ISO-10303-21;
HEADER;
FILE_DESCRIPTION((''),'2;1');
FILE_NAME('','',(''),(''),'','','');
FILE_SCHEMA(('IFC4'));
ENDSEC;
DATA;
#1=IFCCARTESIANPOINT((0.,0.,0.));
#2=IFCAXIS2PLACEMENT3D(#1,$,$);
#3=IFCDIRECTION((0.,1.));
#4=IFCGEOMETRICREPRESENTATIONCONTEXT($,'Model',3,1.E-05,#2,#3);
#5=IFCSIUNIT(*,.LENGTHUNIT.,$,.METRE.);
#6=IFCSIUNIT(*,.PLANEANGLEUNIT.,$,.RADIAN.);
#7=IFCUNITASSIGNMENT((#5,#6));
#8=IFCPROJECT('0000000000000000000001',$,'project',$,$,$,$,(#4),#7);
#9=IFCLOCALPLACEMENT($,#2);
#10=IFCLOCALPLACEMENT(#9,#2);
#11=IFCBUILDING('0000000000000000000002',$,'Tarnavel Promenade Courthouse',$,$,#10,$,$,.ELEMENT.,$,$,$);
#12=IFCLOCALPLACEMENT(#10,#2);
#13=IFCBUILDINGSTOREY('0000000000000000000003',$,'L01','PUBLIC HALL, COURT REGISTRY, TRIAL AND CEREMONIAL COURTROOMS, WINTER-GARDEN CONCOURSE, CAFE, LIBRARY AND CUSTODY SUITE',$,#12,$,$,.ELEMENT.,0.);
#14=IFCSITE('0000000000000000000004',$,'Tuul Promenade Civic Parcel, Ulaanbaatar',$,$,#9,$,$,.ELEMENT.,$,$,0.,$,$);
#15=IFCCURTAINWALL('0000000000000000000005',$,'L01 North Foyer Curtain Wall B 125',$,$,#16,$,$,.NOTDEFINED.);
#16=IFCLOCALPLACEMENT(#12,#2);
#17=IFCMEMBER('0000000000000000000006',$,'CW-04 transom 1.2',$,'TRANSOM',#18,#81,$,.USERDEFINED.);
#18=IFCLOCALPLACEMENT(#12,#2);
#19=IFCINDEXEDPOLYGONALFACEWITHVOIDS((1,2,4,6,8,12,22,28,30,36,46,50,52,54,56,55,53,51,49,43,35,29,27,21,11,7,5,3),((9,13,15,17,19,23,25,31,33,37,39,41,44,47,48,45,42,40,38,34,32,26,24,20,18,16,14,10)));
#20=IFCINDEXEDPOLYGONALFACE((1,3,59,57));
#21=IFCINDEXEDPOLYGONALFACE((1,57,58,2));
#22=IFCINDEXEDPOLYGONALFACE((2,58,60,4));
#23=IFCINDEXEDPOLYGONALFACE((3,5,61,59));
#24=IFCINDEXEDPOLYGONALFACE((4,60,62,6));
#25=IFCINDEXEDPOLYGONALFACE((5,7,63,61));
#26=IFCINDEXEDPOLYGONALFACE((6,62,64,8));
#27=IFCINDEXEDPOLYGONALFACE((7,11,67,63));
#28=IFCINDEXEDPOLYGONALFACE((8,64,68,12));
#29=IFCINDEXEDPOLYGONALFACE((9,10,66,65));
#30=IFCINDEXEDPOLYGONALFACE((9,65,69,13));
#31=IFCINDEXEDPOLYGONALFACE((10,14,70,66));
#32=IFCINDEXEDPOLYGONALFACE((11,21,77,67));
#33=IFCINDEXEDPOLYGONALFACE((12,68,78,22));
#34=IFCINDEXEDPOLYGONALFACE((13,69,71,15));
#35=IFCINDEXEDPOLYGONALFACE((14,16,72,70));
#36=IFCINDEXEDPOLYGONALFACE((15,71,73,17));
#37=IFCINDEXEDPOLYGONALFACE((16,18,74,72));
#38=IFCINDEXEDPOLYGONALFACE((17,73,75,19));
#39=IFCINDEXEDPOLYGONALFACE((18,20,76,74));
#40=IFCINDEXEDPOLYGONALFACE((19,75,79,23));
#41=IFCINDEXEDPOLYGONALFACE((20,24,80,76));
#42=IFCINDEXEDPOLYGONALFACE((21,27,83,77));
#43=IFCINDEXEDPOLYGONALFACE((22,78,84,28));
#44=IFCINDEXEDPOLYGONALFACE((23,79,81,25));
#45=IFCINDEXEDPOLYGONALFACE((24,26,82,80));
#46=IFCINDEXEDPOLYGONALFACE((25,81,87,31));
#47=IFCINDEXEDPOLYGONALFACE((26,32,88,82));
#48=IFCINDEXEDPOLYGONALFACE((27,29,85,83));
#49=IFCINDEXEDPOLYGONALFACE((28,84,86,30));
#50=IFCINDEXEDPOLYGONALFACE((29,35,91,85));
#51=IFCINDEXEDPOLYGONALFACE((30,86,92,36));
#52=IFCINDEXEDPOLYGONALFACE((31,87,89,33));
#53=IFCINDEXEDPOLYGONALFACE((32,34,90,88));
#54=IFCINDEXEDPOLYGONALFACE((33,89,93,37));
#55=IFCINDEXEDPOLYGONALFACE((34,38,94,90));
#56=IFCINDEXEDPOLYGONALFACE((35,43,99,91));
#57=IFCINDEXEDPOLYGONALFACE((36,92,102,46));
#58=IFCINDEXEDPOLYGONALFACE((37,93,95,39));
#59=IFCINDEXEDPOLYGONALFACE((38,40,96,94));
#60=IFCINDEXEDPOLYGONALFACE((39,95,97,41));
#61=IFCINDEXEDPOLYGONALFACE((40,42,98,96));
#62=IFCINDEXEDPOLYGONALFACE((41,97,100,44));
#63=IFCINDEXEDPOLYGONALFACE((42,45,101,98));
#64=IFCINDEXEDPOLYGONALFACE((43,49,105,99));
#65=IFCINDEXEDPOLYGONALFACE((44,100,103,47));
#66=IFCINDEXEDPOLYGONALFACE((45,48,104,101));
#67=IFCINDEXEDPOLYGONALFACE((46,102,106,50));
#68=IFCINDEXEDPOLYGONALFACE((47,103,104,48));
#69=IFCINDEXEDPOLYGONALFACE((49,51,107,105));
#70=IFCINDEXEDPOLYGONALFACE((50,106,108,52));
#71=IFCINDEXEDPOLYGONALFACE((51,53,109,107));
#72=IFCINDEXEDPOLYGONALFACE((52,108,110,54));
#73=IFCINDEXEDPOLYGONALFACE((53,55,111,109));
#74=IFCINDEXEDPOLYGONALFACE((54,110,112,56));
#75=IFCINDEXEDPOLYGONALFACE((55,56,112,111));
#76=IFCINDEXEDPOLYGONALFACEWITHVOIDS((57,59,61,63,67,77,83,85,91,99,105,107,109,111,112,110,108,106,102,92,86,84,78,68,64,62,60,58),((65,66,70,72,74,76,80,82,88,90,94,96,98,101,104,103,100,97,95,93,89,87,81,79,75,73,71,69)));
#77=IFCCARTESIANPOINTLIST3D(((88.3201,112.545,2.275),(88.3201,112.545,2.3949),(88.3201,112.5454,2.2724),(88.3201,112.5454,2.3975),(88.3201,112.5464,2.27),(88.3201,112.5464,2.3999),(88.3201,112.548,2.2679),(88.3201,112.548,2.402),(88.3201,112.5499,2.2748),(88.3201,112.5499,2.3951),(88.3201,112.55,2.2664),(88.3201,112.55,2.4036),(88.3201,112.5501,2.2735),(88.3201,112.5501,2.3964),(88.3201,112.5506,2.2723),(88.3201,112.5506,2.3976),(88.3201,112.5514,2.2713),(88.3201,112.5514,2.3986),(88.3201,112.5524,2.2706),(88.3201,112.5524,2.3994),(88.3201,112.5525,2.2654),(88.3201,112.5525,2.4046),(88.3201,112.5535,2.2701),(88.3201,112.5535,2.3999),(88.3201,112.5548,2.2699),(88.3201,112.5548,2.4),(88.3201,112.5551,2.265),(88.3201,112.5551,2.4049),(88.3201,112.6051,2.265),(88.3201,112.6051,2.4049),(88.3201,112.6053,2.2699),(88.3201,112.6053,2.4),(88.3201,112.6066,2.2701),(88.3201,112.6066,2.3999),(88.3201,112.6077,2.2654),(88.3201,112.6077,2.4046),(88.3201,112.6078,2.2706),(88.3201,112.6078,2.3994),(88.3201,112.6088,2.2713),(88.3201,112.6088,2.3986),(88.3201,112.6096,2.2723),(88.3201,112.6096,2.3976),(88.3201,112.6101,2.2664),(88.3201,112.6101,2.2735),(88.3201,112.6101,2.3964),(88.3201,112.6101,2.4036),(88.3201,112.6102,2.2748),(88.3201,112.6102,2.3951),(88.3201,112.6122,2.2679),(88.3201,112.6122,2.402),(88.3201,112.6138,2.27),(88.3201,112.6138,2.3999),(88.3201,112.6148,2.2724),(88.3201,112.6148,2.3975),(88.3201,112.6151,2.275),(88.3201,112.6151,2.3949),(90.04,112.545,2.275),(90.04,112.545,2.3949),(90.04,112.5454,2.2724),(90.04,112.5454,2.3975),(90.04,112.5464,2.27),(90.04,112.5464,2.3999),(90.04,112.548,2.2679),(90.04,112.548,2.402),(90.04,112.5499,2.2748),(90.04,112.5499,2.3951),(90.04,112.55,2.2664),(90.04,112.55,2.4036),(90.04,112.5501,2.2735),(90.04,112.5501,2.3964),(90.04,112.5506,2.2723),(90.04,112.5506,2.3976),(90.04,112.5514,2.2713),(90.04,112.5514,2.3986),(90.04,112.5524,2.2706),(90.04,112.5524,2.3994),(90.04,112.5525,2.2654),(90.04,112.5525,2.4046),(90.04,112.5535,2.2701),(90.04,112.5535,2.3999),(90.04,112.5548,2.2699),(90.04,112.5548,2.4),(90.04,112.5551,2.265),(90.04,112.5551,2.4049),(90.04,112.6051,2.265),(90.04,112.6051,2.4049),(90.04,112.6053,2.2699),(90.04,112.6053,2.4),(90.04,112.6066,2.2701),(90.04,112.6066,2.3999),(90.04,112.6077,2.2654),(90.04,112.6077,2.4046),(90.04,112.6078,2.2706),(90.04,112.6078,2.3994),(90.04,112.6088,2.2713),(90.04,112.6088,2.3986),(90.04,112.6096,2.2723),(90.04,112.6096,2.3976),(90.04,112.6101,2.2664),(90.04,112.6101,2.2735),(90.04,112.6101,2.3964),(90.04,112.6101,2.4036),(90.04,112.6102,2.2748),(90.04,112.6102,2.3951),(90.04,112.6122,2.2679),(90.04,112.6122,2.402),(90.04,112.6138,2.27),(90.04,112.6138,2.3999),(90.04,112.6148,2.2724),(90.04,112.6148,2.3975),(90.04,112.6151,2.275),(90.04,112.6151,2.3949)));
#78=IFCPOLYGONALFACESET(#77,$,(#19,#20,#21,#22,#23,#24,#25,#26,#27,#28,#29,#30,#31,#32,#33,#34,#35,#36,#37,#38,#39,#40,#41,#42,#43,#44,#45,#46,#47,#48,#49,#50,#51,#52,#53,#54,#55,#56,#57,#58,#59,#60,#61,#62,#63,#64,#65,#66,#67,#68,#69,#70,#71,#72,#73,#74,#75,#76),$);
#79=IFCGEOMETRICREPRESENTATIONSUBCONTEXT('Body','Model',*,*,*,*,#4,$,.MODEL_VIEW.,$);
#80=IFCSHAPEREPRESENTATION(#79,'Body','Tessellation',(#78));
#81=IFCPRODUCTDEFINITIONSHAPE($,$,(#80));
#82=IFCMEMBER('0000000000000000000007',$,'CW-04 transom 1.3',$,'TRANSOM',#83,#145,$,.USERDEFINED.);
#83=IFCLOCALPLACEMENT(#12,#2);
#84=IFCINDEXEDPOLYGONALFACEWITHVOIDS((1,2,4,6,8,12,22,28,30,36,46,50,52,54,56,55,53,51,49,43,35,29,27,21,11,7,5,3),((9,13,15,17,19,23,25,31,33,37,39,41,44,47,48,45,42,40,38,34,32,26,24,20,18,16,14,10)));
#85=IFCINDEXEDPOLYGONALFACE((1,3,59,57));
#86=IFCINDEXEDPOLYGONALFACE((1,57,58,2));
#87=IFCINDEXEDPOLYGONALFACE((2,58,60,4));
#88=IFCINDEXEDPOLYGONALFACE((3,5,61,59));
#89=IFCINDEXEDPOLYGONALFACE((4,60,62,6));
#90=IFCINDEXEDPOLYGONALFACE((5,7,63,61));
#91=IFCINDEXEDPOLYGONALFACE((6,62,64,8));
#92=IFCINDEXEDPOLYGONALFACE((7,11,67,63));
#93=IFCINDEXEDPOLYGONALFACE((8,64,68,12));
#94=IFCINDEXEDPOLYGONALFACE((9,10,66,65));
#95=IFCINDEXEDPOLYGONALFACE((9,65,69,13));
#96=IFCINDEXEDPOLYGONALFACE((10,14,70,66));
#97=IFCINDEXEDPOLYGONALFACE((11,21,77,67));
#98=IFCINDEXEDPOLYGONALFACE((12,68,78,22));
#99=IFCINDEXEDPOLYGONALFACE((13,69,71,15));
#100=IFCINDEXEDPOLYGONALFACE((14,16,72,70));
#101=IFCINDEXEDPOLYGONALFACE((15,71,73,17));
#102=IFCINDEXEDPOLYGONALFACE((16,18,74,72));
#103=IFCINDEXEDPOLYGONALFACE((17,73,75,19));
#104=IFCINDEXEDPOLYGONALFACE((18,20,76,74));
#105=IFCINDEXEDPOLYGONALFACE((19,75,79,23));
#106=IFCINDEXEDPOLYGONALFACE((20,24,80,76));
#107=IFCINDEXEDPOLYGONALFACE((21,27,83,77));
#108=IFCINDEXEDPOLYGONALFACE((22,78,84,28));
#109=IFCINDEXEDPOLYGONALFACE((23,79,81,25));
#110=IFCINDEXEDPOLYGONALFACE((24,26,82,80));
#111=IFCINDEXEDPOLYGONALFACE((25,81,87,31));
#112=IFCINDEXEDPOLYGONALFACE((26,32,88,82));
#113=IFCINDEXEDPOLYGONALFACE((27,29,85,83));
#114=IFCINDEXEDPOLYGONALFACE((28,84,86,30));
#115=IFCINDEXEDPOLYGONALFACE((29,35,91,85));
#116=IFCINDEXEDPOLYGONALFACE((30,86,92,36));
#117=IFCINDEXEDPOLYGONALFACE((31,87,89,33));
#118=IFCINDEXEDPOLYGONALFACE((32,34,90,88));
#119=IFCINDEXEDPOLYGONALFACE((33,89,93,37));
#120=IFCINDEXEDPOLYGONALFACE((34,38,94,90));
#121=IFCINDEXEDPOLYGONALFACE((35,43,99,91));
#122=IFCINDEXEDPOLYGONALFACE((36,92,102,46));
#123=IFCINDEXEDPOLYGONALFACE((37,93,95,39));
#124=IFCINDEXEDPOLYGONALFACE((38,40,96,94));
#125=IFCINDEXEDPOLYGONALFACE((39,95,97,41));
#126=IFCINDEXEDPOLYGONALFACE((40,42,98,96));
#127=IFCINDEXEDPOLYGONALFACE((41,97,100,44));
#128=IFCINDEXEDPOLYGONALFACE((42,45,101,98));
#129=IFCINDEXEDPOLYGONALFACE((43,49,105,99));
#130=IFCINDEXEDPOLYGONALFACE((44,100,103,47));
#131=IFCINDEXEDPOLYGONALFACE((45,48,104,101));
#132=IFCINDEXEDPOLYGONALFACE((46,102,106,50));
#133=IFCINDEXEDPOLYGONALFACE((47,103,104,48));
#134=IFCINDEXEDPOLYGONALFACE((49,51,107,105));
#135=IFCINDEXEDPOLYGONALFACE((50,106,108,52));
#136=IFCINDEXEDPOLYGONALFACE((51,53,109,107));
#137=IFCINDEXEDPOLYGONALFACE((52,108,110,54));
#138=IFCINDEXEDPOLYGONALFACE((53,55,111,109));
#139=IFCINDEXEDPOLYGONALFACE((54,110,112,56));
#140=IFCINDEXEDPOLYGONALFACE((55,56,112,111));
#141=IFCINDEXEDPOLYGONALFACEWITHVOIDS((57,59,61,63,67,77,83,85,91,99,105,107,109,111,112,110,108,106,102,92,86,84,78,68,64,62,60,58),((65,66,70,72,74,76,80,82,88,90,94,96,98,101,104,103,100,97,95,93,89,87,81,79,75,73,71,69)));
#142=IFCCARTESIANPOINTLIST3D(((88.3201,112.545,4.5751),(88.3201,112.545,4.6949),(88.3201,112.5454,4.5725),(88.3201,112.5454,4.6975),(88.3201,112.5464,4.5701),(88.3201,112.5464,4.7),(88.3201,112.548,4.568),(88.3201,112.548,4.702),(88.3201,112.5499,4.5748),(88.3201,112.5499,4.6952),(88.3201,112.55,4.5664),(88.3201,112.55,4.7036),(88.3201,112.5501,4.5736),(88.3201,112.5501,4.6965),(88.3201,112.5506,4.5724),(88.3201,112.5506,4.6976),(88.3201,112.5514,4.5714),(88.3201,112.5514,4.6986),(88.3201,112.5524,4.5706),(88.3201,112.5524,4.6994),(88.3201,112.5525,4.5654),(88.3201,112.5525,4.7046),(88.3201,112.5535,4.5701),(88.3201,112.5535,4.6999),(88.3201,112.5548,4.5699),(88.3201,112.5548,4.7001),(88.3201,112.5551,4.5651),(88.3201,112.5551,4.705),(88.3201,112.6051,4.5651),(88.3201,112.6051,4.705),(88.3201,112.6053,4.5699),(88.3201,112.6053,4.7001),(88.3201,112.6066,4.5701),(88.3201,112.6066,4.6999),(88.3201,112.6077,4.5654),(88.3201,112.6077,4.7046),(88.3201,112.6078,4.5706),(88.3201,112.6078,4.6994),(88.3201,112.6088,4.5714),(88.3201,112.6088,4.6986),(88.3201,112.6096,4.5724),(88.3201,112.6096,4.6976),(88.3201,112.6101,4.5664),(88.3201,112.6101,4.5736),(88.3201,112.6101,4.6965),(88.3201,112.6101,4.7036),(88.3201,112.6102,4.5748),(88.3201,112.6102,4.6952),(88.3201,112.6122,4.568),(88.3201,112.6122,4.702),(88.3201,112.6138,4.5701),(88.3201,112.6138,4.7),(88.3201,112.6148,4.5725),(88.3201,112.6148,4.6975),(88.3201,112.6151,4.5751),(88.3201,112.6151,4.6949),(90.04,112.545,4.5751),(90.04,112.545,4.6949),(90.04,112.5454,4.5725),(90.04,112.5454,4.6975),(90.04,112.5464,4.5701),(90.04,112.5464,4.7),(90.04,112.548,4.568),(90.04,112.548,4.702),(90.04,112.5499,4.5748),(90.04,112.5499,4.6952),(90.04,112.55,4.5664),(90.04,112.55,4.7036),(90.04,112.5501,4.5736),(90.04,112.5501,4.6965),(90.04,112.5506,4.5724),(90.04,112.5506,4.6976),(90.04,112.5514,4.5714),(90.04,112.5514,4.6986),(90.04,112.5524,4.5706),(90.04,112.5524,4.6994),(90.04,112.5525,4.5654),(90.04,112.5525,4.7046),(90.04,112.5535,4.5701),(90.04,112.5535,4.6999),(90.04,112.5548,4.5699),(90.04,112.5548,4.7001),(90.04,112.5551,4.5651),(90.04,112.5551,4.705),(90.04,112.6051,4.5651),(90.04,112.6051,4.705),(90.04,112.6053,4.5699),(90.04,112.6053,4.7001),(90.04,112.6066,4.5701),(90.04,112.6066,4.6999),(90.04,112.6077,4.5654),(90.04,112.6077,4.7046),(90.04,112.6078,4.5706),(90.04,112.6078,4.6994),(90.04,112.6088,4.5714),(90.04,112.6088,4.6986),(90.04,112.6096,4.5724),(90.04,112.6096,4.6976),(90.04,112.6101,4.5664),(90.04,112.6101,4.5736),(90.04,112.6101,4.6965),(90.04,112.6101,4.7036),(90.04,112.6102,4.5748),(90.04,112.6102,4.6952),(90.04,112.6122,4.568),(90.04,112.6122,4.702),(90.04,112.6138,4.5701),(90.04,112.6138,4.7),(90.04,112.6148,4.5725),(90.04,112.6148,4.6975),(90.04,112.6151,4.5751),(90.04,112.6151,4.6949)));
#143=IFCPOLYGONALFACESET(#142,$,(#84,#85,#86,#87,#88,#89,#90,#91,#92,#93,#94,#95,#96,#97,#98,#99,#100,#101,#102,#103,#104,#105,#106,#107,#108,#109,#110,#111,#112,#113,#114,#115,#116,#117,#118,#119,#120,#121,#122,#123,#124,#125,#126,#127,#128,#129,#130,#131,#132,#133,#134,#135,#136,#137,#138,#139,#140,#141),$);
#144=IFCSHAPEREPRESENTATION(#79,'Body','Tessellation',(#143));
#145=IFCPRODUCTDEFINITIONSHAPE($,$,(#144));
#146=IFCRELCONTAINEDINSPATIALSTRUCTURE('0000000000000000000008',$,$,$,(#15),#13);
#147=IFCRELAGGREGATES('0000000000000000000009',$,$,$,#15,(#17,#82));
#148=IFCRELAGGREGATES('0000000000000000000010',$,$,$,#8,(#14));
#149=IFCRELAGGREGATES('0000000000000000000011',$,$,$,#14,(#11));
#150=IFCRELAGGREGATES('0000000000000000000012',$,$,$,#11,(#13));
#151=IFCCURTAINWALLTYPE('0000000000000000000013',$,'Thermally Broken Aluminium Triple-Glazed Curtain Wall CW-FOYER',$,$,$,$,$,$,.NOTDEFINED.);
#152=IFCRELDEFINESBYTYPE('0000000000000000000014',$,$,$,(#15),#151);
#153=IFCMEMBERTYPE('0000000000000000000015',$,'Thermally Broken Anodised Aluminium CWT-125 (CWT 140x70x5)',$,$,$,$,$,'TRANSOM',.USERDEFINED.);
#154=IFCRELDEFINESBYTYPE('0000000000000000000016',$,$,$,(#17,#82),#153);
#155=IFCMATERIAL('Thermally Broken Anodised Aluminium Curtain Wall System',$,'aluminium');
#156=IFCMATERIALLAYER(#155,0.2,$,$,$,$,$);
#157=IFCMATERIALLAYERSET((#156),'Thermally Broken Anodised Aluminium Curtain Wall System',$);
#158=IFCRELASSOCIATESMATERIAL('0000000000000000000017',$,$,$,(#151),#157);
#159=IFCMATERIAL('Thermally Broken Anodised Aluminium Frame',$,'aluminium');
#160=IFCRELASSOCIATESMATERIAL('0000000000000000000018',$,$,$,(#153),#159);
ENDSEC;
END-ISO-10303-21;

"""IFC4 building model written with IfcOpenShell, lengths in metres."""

from ifc_helpers import new_model, si_unit, direction, frame, origin, origin_2d, place, context, subcontext, project, spatial, hollow_rectangle, extrude, material, layer, layer_set, material_profile, profile_set, type_object, element, aggregate, save


model = new_model("IFC4")

# Units and contexts
model_context = context("Model", 3, precision=1e-05, world=origin(), true_north=direction((0.0, 1.0)))
body_context = subcontext(model_context, "Body", "Model", "MODEL_VIEW")
ifc_project = project(units=[si_unit("LENGTHUNIT", "METRE"), si_unit("PLANEANGLEUNIT", "RADIAN")], contexts=[model_context])

# Site, building, storey
site_placement = place(None, origin())
site = spatial("IfcSite", under=ifc_project, at=site_placement, Name="Tuul Promenade Civic Parcel, Ulaanbaatar", CompositionType="ELEMENT", RefElevation=0.0)
building_placement = place(site_placement, origin())
building = spatial("IfcBuilding", under=site, at=building_placement, Name="Tarnavel Promenade Courthouse", CompositionType="ELEMENT")
storey_placement = place(building_placement, origin())
storey = spatial("IfcBuildingStorey", under=building, at=storey_placement, Name="L01", Description="PUBLIC HALL, COURT REGISTRY, TRIAL AND CEREMONIAL COURTROOMS, WINTER-GARDEN CONCOURSE, CAFE, LIBRARY AND CUSTODY SUITE", CompositionType="ELEMENT", Elevation=0.0)

# Curtain wall
ifc_material_1 = material(Name="Thermally Broken Anodised Aluminium Curtain Wall System", Category="aluminium")
ifc_layer_1 = layer(ifc_material_1, 0.2)
ifc_layer_set_1 = layer_set([ifc_layer_1], Name="Thermally Broken Anodised Aluminium Curtain Wall System")
curtain_wall_type = type_object("IfcCurtainWallType", Name="Thermally Broken Aluminium Triple-Glazed Curtain Wall CW-FOYER", PredefinedType="NOTDEFINED", material=ifc_layer_set_1)
ifc_material_2 = material(Name="Thermally Broken Anodised Aluminium Frame", Category="aluminium")
curtain_wall_1_placement = place(storey_placement, origin())
curtain_wall_1 = element("IfcCurtainWall", 1, at=curtain_wall_1_placement, inside=storey, type_object=curtain_wall_type, Name="L01 North Foyer Curtain Wall B 125", PredefinedType="NOTDEFINED")

# Members
ifc_material_profile_1 = material_profile(ifc_material_2, hollow_rectangle(XDim=0.0701, YDim=0.1399, WallThickness=0.0049, InnerFilletRadius=0.0049, OuterFilletRadius=0.01, at=origin_2d()), Name="CWT 140x70x5")
ifc_profile_set_1 = profile_set([ifc_material_profile_1], Name="Thermally Broken Anodised Aluminium Frame")
member_type_1 = type_object("IfcMemberType", Name="Thermally Broken Anodised Aluminium CWT-125 (CWT 140x70x5)", ElementType="TRANSOM", PredefinedType="USERDEFINED", material=ifc_profile_set_1)
member_1_placement = place(storey_placement, frame((88.3201, 112.5801, 2.335), z_axis=(1.0, 0.0, 0.0), x_axis=(0.0, 1.0, 0.0)))
member_1 = element("IfcMember", 2, at=member_1_placement, type_object=member_type_1, Name="CW-04 transom 1.2", ObjectType="TRANSOM", PredefinedType="USERDEFINED", context=body_context, shape_type="SweptSolid", body=[
    extrude(hollow_rectangle(XDim=0.0701, YDim=0.1399, WallThickness=0.0049, InnerFilletRadius=0.0049, OuterFilletRadius=0.01, at=origin_2d()), origin(), (0.0, 0.0, 1.0), 1.72),
])
member_2_placement = place(storey_placement, frame((88.3201, 112.5801, 4.635), z_axis=(1.0, 0.0, 0.0), x_axis=(0.0, 1.0, 0.0)))
member_2 = element("IfcMember", 3, at=member_2_placement, type_object=member_type_1, Name="CW-04 transom 1.3", ObjectType="TRANSOM", PredefinedType="USERDEFINED", context=body_context, shape_type="SweptSolid", body=[
    extrude(hollow_rectangle(XDim=0.0701, YDim=0.1399, WallThickness=0.0049, InnerFilletRadius=0.0049, OuterFilletRadius=0.01, at=origin_2d()), origin(), (0.0, 0.0, 1.0), 1.72),
])

aggregate(curtain_wall_1, [member_1, member_2])

save(model, "model.ifc")
